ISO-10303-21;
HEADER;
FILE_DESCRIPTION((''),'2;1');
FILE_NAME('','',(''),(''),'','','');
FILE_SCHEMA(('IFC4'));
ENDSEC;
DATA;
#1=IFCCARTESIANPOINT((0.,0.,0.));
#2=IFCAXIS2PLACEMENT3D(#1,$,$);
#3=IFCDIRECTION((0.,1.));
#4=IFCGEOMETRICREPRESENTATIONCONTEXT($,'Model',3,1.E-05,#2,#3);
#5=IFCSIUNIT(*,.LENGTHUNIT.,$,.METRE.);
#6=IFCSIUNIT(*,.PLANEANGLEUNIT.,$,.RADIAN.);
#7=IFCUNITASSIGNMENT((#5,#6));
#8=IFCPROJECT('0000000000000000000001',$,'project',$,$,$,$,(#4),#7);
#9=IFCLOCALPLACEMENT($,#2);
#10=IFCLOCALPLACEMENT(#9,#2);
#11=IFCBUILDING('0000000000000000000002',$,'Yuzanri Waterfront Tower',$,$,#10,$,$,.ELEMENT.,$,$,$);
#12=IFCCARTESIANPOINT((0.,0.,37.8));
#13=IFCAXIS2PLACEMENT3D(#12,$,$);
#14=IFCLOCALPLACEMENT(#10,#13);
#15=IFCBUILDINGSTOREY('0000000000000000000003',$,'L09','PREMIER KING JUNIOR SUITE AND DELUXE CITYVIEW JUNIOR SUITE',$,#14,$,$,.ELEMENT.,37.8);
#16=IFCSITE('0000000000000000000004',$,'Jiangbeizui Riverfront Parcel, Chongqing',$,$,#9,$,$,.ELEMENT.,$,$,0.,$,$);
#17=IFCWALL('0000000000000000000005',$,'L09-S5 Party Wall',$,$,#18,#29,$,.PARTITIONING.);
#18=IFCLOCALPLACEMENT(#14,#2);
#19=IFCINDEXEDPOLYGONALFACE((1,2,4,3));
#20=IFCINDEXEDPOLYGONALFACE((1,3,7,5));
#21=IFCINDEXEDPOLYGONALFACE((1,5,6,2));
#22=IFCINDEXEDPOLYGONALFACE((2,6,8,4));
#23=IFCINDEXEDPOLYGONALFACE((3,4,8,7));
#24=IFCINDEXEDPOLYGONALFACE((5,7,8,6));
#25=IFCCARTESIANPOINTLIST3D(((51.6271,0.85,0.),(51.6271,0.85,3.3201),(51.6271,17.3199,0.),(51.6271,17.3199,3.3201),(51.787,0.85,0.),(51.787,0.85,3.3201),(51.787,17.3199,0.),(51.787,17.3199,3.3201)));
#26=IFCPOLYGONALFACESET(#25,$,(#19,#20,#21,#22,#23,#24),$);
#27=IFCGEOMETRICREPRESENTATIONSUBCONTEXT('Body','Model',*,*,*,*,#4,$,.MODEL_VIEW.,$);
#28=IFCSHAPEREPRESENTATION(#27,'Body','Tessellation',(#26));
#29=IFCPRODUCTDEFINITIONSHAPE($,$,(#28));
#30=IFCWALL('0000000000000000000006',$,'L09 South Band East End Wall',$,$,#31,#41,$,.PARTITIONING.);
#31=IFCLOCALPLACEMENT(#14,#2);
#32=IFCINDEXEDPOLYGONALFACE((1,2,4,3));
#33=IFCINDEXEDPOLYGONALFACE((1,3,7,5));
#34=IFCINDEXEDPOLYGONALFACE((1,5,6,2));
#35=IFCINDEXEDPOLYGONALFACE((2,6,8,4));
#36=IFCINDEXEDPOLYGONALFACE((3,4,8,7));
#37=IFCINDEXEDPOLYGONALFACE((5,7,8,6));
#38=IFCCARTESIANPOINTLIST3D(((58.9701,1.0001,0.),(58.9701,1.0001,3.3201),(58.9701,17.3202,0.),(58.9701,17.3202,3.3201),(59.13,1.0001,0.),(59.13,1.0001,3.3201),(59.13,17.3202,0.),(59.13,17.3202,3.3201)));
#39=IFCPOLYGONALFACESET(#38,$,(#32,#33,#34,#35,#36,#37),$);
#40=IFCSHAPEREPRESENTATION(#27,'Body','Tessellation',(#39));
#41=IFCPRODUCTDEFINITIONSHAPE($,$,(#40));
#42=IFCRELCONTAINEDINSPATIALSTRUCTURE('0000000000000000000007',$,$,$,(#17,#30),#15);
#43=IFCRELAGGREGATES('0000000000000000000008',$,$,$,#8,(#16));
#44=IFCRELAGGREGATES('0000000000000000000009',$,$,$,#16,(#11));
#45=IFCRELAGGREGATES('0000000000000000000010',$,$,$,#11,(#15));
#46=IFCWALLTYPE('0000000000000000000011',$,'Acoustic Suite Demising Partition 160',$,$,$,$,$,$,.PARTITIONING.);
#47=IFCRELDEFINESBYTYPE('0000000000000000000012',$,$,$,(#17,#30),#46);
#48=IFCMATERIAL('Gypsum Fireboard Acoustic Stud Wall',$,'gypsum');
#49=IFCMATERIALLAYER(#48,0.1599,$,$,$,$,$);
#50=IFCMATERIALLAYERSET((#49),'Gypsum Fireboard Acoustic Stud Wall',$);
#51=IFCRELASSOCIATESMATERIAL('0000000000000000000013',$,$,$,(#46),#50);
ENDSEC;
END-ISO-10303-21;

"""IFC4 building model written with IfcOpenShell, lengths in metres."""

from ifc_helpers import new_model, si_unit, direction, frame, frame_2d, origin, place, context, subcontext, project, spatial, rectangle, extrude, source, transform, mapped, material, layer, layer_set, type_object, element, save


model = new_model("IFC4")

# Units and contexts
model_context = context("Model", 3, precision=1e-05, world=origin(), true_north=direction((0.0, 1.0)))
body_context = subcontext(model_context, "Body", "Model", "MODEL_VIEW")
ifc_project = project(units=[si_unit("LENGTHUNIT", "METRE"), si_unit("PLANEANGLEUNIT", "RADIAN")], contexts=[model_context])

# Site, building, storey
site_placement = place(None, origin())
site = spatial("IfcSite", under=ifc_project, at=site_placement, Name="Jiangbeizui Riverfront Parcel, Chongqing", CompositionType="ELEMENT", RefElevation=0.0)
building_placement = place(site_placement, origin())
building = spatial("IfcBuilding", under=site, at=building_placement, Name="Yuzanri Waterfront Tower", CompositionType="ELEMENT")
storey_placement = place(building_placement, frame((0.0, 0.0, 37.8)))
storey = spatial("IfcBuildingStorey", under=building, at=storey_placement, Name="L09", Description="PREMIER KING JUNIOR SUITE AND DELUXE CITYVIEW JUNIOR SUITE", CompositionType="ELEMENT", Elevation=37.8)

# Walls
ifc_material_1 = material(Name="Gypsum Fireboard Acoustic Stud Wall", Category="gypsum")
ifc_layer_1 = layer(ifc_material_1, 0.1599)
ifc_layer_set_1 = layer_set([ifc_layer_1], Name="Gypsum Fireboard Acoustic Stud Wall")
wall_type_1 = type_object("IfcWallType", Name="Acoustic Suite Demising Partition 160", PredefinedType="PARTITIONING", material=ifc_layer_set_1)
shared_shape_1 = source(origin(), body_context, "Body", "SweptSolid", [
    extrude(rectangle(XDim=16.47, YDim=0.1599, at=frame_2d((8.2349, 0.0))), origin(), (0.0, 0.0, 1.0), 3.3201),
])
wall_1_placement = place(storey_placement, frame((51.707, 0.8501, 0.0), z_axis=(0.0, 0.0, 1.0), x_axis=(0.0, 1.0, 0.0)))
element("IfcWall", 1, at=wall_1_placement, inside=storey, type_object=wall_type_1, Name="L09-S5 Party Wall", PredefinedType="PARTITIONING", context=body_context, shape_type="MappedRepresentation", body=[
    mapped(shared_shape_1, transform((0.0, 0.0, 0.0), scale=1.0)),
])
shared_shape_2 = source(origin(), body_context, "Body", "SweptSolid", [
    extrude(rectangle(XDim=16.3201, YDim=0.1599, at=frame_2d((8.1602, 0.0))), origin(), (0.0, 0.0, 1.0), 3.3201),
])
wall_2_placement = place(storey_placement, frame((59.05, 1.0, 0.0), z_axis=(0.0, 0.0, 1.0), x_axis=(0.0, 1.0, 0.0)))
element("IfcWall", 2, at=wall_2_placement, inside=storey, type_object=wall_type_1, Name="L09 South Band East End Wall", PredefinedType="PARTITIONING", context=body_context, shape_type="MappedRepresentation", body=[
    mapped(shared_shape_2, transform((0.0, 0.0, 0.0), scale=1.0)),
])

save(model, "model.ifc")
